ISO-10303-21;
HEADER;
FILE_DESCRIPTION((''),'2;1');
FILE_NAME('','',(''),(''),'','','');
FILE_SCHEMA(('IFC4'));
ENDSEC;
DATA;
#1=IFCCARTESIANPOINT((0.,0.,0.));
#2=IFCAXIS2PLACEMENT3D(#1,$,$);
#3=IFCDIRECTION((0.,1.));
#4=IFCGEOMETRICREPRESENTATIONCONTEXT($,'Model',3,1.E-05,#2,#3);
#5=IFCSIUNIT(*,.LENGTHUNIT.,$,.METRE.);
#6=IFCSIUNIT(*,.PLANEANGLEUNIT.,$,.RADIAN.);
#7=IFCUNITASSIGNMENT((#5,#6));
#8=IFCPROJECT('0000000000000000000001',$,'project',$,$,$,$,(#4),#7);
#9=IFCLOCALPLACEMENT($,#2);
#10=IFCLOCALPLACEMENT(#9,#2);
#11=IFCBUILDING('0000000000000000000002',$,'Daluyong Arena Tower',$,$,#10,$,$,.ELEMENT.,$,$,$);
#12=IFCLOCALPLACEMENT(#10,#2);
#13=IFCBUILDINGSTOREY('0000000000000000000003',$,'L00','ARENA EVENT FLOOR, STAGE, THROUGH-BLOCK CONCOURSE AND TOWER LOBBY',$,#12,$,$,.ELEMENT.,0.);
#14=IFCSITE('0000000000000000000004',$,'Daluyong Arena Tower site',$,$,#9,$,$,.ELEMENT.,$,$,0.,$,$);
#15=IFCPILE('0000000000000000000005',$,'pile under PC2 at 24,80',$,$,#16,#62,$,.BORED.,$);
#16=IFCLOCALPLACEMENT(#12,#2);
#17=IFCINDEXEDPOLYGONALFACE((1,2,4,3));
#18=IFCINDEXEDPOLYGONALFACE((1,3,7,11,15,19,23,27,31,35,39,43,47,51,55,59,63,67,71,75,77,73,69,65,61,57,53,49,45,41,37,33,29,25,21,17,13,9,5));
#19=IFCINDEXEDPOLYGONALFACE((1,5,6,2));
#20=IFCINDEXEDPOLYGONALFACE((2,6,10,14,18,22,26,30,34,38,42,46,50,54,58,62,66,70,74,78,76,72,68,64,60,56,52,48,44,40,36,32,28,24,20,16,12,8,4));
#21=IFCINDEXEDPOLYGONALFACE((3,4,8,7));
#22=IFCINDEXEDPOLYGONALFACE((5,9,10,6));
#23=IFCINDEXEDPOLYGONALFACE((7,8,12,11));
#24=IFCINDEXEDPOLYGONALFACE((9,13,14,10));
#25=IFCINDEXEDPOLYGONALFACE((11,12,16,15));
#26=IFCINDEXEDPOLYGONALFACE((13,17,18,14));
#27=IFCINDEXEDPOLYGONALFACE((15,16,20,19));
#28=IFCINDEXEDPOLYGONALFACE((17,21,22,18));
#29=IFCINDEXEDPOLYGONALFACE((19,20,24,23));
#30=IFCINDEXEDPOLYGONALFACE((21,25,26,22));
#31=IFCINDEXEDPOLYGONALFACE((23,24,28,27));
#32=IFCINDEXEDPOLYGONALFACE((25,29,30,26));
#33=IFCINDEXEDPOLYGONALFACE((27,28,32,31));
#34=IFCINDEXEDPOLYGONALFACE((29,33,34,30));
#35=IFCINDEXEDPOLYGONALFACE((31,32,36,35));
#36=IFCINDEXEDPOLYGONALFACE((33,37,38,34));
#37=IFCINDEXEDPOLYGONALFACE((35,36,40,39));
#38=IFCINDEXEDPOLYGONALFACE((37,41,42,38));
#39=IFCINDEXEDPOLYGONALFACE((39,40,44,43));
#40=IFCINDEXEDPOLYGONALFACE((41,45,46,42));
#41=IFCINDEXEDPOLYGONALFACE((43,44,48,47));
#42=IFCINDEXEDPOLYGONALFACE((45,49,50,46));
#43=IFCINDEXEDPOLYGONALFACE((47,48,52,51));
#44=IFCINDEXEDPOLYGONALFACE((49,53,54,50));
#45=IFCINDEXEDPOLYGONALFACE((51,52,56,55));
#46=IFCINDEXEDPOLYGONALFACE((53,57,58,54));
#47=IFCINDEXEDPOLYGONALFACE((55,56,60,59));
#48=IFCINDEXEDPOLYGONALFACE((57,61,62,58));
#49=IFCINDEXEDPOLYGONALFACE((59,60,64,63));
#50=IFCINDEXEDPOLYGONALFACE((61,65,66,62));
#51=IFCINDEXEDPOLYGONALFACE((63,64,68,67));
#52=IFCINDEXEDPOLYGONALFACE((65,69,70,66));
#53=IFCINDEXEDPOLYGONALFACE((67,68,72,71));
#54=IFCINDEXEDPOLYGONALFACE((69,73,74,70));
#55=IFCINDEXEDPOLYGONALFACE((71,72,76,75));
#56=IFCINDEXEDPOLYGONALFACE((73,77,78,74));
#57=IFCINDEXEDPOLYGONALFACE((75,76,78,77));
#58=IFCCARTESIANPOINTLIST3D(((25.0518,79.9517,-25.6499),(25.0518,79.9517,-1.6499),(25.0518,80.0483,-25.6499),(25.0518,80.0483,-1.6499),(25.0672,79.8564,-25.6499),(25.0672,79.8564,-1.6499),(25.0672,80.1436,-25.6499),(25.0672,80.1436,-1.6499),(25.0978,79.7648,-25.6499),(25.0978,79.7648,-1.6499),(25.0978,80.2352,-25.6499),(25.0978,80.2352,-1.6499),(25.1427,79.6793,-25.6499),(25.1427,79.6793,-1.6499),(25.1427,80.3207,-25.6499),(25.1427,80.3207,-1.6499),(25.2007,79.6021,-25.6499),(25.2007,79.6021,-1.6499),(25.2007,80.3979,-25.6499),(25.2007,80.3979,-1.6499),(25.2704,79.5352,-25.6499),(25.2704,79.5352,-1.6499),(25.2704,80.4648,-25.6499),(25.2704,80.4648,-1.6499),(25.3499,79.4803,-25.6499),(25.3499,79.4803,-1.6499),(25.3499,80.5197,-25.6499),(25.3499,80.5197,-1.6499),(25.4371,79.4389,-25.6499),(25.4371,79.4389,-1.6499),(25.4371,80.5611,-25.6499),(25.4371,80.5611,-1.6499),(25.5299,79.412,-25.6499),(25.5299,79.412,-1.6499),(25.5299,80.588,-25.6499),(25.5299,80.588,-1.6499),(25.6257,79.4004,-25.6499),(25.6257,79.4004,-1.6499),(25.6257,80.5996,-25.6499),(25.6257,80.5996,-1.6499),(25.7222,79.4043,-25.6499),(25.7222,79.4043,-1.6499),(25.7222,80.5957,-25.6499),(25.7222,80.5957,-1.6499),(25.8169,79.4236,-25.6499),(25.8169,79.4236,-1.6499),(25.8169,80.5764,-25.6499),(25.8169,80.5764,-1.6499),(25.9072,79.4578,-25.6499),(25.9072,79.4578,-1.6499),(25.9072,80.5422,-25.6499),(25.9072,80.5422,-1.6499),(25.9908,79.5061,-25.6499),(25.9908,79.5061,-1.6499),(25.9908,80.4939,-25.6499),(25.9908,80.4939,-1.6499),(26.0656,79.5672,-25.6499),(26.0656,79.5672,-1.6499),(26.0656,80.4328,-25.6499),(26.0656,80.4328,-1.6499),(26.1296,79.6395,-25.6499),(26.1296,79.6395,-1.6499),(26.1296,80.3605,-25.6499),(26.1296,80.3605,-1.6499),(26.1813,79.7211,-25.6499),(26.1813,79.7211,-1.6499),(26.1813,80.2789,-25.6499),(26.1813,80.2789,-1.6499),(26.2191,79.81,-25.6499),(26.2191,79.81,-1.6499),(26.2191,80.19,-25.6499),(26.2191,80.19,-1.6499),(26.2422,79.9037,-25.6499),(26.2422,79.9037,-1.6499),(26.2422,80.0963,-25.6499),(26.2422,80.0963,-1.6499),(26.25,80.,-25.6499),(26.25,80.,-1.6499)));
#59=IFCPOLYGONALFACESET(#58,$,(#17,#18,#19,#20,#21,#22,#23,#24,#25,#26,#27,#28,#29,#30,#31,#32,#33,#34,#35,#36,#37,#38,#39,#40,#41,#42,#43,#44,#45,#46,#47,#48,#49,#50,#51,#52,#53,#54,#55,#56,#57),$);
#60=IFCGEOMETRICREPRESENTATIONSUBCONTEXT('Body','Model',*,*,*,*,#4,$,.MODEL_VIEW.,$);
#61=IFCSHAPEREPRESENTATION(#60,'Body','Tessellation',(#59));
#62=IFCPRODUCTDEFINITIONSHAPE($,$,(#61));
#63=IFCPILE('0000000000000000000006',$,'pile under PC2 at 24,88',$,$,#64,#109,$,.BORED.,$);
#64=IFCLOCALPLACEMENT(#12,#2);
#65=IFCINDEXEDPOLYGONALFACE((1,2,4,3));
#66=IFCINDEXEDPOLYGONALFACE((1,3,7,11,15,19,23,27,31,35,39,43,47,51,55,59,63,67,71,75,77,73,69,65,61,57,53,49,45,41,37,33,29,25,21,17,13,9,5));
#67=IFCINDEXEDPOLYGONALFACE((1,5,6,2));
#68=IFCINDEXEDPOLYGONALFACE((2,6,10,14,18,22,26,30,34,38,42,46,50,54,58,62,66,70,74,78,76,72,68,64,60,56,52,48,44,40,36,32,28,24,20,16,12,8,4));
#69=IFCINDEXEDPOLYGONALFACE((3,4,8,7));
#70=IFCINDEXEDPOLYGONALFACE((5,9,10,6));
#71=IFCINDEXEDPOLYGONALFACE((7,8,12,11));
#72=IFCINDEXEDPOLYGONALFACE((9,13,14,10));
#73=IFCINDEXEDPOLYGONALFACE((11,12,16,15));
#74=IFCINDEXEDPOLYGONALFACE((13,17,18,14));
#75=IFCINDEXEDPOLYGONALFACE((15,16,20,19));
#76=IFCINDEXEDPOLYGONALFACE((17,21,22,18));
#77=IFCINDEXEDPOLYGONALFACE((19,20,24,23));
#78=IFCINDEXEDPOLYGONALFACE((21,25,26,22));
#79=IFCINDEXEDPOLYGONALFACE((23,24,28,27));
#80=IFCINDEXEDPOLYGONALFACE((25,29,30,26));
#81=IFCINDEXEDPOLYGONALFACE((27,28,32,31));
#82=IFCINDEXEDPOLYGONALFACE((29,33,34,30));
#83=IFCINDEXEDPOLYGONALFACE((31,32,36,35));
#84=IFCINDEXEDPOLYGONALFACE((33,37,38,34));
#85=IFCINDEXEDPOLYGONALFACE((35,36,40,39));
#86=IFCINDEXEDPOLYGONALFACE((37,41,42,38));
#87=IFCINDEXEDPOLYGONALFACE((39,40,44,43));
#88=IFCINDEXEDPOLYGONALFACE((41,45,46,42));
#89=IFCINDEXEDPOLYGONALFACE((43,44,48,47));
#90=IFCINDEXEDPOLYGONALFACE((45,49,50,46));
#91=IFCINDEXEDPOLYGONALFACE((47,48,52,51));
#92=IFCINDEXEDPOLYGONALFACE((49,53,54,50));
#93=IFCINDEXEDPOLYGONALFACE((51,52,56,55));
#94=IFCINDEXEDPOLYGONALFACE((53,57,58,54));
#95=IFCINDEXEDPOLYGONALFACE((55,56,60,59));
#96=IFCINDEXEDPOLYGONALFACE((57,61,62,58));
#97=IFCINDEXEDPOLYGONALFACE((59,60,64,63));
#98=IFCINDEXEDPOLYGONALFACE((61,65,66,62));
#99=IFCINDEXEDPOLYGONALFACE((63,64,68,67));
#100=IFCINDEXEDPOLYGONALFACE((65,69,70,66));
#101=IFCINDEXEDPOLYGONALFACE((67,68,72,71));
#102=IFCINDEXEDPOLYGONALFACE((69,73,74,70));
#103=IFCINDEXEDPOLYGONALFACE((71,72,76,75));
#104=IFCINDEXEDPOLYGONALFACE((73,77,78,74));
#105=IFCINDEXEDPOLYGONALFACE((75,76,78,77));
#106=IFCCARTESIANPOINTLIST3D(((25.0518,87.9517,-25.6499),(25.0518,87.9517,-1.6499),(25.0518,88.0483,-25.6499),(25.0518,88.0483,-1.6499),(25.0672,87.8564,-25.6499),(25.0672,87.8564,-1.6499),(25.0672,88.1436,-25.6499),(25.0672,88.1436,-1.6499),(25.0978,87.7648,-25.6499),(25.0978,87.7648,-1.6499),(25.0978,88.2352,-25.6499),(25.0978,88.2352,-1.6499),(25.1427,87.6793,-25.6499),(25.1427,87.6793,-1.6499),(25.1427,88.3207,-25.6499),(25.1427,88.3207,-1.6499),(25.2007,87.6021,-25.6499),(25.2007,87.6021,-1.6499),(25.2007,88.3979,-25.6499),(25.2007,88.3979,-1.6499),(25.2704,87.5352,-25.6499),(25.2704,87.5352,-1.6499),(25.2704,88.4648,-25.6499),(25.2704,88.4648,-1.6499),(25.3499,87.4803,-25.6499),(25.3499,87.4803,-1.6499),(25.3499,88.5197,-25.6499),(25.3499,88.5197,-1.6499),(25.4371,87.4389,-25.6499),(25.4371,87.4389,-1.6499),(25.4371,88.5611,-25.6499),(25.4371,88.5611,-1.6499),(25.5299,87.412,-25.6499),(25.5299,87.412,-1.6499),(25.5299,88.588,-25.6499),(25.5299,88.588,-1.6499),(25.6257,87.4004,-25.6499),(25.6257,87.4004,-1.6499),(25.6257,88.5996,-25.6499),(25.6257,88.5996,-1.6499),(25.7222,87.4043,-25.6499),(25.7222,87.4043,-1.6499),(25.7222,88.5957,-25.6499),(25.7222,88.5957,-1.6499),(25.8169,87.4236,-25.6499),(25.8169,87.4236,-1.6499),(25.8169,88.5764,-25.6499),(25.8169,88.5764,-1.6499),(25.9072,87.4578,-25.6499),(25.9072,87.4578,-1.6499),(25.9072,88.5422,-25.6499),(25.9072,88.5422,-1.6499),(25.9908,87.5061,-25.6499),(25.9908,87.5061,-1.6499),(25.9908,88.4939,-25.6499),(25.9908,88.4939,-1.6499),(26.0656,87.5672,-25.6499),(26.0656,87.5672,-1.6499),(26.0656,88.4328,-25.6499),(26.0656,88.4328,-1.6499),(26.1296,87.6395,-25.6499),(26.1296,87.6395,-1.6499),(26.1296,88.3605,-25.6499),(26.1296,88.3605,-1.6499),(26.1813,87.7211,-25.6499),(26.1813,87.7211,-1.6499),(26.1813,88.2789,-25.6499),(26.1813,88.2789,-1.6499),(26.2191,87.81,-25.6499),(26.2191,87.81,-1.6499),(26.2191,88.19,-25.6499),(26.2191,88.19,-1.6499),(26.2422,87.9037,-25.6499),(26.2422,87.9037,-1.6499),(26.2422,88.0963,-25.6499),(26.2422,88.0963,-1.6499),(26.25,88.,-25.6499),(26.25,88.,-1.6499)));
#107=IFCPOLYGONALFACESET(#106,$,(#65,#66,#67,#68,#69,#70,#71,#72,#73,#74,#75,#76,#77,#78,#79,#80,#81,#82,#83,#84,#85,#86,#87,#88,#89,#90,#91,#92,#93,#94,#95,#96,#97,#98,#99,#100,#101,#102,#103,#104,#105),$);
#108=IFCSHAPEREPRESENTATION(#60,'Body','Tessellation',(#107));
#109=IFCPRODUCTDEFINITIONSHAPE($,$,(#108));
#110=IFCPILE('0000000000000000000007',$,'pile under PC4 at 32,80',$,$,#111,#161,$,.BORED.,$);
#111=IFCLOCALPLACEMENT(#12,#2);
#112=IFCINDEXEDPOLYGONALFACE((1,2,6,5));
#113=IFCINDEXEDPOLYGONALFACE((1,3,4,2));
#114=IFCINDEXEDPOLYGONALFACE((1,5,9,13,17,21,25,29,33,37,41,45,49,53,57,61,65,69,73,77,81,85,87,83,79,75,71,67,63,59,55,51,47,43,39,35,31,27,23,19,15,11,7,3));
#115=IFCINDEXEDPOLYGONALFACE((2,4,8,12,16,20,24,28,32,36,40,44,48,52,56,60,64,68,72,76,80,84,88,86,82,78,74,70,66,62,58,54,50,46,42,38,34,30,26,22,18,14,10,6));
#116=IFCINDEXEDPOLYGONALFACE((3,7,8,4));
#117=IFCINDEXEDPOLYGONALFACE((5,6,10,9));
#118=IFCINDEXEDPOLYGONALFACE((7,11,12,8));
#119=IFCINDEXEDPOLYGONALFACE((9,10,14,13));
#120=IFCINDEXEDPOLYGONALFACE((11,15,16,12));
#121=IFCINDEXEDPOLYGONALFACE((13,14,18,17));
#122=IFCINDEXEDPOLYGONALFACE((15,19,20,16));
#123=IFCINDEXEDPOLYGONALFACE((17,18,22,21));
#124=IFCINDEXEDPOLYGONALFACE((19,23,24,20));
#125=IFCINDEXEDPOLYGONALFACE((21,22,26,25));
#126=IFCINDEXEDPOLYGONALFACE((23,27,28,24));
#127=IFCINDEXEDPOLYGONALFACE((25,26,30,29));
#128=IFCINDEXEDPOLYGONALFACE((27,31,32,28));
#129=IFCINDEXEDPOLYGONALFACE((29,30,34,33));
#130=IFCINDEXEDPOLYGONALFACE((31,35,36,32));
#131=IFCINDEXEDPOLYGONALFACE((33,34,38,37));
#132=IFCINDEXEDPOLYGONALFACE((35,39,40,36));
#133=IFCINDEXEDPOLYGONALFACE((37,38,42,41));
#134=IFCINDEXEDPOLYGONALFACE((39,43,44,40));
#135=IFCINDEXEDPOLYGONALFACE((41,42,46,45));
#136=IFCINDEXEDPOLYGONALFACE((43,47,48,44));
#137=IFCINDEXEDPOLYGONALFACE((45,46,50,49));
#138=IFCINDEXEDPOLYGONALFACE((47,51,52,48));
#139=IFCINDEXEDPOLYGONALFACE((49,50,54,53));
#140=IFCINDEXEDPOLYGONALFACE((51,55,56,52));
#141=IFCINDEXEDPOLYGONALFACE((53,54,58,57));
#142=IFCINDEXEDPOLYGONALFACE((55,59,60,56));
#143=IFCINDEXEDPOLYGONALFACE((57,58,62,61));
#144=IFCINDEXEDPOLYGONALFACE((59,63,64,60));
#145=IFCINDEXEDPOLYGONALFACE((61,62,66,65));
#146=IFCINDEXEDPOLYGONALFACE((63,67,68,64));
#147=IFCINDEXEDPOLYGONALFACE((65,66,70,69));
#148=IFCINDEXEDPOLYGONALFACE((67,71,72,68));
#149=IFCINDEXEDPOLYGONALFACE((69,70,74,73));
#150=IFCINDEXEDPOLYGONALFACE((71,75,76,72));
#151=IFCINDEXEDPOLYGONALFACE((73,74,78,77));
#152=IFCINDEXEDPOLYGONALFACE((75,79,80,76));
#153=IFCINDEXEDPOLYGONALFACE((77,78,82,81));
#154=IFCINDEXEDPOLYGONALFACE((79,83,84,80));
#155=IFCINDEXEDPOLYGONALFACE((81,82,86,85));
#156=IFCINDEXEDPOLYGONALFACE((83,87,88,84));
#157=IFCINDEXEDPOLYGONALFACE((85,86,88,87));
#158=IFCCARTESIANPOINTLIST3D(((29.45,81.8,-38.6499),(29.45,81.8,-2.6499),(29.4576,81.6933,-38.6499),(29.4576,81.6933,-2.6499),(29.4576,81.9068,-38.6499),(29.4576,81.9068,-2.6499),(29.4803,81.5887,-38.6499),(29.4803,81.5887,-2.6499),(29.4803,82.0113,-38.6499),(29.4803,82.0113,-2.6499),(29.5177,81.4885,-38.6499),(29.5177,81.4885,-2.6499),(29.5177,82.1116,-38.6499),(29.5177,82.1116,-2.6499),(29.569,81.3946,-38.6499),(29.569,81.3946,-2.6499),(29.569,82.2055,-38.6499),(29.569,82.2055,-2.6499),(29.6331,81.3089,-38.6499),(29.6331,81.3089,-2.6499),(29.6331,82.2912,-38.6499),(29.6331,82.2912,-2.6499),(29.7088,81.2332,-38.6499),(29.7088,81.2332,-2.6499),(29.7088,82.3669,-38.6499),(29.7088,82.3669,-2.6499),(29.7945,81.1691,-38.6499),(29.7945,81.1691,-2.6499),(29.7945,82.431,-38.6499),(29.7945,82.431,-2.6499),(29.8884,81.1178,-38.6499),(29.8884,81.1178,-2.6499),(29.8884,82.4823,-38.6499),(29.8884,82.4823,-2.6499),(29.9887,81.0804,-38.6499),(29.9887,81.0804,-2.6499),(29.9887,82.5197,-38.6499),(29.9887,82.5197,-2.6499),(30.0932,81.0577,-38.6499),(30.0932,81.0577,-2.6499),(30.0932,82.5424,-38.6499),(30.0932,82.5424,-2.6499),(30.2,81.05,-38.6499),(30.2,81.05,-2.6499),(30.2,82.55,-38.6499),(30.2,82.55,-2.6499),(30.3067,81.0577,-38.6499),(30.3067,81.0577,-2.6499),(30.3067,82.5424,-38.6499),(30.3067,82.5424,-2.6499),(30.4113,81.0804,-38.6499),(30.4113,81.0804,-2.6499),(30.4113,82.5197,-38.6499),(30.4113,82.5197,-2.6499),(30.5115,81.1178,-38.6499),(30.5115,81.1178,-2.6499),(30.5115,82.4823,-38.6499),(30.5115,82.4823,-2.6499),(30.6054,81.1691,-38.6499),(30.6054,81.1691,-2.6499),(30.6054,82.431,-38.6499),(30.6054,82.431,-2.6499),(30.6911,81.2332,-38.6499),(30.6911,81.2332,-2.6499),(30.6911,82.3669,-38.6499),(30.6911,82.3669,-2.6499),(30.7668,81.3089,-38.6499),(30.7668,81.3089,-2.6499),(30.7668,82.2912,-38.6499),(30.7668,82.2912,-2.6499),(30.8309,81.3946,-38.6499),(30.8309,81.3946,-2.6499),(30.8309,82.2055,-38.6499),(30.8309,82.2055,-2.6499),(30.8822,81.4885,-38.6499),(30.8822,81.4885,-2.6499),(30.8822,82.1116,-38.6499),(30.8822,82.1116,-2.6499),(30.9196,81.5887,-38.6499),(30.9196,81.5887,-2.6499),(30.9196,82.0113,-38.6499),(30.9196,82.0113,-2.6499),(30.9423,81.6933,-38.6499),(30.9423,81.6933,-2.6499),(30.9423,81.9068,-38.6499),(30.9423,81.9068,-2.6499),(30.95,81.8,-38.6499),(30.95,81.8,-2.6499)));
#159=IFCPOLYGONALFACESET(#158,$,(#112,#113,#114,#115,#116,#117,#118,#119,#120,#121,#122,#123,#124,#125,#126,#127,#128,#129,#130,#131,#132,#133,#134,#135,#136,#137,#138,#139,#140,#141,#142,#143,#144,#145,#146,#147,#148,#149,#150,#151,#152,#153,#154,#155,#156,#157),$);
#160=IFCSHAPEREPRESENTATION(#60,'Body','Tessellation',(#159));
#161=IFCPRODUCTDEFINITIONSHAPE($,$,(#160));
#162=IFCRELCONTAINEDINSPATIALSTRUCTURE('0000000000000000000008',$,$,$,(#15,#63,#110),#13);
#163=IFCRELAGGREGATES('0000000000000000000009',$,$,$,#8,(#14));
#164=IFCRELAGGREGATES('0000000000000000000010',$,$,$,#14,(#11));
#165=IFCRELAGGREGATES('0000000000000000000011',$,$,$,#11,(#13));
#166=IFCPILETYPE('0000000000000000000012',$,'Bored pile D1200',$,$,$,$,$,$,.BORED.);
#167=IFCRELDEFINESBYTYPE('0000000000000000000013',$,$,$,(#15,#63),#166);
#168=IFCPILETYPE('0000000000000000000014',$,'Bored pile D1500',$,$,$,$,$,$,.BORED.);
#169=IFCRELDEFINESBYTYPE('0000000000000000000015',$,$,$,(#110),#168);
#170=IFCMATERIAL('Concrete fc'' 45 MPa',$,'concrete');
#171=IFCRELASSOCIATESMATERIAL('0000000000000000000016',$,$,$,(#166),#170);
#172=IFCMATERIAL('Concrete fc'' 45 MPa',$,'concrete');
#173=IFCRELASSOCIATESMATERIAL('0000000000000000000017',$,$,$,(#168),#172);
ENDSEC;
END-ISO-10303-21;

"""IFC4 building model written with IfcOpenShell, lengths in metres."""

from ifc_helpers import new_model, si_unit, direction, frame, origin, origin_2d, place, context, subcontext, project, spatial, circle, extrude, material, type_object, element, save


model = new_model("IFC4")

# Units and contexts
model_context = context("Model", 3, precision=1e-05, world=origin(), true_north=direction((0.0, 1.0)))
body_context = subcontext(model_context, "Body", "Model", "MODEL_VIEW")
ifc_project = project(units=[si_unit("LENGTHUNIT", "METRE"), si_unit("PLANEANGLEUNIT", "RADIAN")], contexts=[model_context])

# Site, building, storey
site_placement = place(None, origin())
site = spatial("IfcSite", under=ifc_project, at=site_placement, Name="Daluyong Arena Tower site", CompositionType="ELEMENT", RefElevation=0.0)
building_placement = place(site_placement, origin())
building = spatial("IfcBuilding", under=site, at=building_placement, Name="Daluyong Arena Tower", CompositionType="ELEMENT")
storey_placement = place(building_placement, origin())
storey = spatial("IfcBuildingStorey", under=building, at=storey_placement, Name="L00", Description="ARENA EVENT FLOOR, STAGE, THROUGH-BLOCK CONCOURSE AND TOWER LOBBY", CompositionType="ELEMENT", Elevation=0.0)

# Piles
ifc_material_1 = material(Name="Concrete fc' 45 MPa", Category="concrete")
pile_type_1 = type_object("IfcPileType", Name="Bored pile D1200", PredefinedType="BORED", material=ifc_material_1)
for number, where, z_axis, x_axis, name in (
    (1, (25.6499, 80.0, -1.6499), (0.0, 0.0, -1.0), (1.0, 0.0, 0.0), "pile under PC2 at 24,80"),
    (2, (25.6499, 88.0, -1.6499), (0.0, 0.0, -1.0), (1.0, 0.0, 0.0), "pile under PC2 at 24,88"),
):
    element("IfcPile", number, at=place(storey_placement, frame(where, z_axis=z_axis, x_axis=x_axis)), inside=storey, type_object=pile_type_1, Name=name, PredefinedType="BORED", context=body_context, shape_type="SweptSolid", body=[
        extrude(circle(Radius=0.6001, at=origin_2d()), origin(), (0.0, 0.0, 1.0), 24.0),
    ])
ifc_material_2 = material(Name="Concrete fc' 45 MPa", Category="concrete")
pile_type_2 = type_object("IfcPileType", Name="Bored pile D1500", PredefinedType="BORED", material=ifc_material_2)
for number, where, z_axis, x_axis, name in (
    (3, (30.2, 81.8, -2.6499), (0.0, 0.0, -1.0), (1.0, 0.0, 0.0), "pile under PC4 at 32,80"),
):
    element("IfcPile", number, at=place(storey_placement, frame(where, z_axis=z_axis, x_axis=x_axis)), inside=storey, type_object=pile_type_2, Name=name, PredefinedType="BORED", context=body_context, shape_type="SweptSolid", body=[
        extrude(circle(Radius=0.75, at=origin_2d()), origin(), (0.0, 0.0, 1.0), 36.0),
    ])

save(model, "model.ifc")
